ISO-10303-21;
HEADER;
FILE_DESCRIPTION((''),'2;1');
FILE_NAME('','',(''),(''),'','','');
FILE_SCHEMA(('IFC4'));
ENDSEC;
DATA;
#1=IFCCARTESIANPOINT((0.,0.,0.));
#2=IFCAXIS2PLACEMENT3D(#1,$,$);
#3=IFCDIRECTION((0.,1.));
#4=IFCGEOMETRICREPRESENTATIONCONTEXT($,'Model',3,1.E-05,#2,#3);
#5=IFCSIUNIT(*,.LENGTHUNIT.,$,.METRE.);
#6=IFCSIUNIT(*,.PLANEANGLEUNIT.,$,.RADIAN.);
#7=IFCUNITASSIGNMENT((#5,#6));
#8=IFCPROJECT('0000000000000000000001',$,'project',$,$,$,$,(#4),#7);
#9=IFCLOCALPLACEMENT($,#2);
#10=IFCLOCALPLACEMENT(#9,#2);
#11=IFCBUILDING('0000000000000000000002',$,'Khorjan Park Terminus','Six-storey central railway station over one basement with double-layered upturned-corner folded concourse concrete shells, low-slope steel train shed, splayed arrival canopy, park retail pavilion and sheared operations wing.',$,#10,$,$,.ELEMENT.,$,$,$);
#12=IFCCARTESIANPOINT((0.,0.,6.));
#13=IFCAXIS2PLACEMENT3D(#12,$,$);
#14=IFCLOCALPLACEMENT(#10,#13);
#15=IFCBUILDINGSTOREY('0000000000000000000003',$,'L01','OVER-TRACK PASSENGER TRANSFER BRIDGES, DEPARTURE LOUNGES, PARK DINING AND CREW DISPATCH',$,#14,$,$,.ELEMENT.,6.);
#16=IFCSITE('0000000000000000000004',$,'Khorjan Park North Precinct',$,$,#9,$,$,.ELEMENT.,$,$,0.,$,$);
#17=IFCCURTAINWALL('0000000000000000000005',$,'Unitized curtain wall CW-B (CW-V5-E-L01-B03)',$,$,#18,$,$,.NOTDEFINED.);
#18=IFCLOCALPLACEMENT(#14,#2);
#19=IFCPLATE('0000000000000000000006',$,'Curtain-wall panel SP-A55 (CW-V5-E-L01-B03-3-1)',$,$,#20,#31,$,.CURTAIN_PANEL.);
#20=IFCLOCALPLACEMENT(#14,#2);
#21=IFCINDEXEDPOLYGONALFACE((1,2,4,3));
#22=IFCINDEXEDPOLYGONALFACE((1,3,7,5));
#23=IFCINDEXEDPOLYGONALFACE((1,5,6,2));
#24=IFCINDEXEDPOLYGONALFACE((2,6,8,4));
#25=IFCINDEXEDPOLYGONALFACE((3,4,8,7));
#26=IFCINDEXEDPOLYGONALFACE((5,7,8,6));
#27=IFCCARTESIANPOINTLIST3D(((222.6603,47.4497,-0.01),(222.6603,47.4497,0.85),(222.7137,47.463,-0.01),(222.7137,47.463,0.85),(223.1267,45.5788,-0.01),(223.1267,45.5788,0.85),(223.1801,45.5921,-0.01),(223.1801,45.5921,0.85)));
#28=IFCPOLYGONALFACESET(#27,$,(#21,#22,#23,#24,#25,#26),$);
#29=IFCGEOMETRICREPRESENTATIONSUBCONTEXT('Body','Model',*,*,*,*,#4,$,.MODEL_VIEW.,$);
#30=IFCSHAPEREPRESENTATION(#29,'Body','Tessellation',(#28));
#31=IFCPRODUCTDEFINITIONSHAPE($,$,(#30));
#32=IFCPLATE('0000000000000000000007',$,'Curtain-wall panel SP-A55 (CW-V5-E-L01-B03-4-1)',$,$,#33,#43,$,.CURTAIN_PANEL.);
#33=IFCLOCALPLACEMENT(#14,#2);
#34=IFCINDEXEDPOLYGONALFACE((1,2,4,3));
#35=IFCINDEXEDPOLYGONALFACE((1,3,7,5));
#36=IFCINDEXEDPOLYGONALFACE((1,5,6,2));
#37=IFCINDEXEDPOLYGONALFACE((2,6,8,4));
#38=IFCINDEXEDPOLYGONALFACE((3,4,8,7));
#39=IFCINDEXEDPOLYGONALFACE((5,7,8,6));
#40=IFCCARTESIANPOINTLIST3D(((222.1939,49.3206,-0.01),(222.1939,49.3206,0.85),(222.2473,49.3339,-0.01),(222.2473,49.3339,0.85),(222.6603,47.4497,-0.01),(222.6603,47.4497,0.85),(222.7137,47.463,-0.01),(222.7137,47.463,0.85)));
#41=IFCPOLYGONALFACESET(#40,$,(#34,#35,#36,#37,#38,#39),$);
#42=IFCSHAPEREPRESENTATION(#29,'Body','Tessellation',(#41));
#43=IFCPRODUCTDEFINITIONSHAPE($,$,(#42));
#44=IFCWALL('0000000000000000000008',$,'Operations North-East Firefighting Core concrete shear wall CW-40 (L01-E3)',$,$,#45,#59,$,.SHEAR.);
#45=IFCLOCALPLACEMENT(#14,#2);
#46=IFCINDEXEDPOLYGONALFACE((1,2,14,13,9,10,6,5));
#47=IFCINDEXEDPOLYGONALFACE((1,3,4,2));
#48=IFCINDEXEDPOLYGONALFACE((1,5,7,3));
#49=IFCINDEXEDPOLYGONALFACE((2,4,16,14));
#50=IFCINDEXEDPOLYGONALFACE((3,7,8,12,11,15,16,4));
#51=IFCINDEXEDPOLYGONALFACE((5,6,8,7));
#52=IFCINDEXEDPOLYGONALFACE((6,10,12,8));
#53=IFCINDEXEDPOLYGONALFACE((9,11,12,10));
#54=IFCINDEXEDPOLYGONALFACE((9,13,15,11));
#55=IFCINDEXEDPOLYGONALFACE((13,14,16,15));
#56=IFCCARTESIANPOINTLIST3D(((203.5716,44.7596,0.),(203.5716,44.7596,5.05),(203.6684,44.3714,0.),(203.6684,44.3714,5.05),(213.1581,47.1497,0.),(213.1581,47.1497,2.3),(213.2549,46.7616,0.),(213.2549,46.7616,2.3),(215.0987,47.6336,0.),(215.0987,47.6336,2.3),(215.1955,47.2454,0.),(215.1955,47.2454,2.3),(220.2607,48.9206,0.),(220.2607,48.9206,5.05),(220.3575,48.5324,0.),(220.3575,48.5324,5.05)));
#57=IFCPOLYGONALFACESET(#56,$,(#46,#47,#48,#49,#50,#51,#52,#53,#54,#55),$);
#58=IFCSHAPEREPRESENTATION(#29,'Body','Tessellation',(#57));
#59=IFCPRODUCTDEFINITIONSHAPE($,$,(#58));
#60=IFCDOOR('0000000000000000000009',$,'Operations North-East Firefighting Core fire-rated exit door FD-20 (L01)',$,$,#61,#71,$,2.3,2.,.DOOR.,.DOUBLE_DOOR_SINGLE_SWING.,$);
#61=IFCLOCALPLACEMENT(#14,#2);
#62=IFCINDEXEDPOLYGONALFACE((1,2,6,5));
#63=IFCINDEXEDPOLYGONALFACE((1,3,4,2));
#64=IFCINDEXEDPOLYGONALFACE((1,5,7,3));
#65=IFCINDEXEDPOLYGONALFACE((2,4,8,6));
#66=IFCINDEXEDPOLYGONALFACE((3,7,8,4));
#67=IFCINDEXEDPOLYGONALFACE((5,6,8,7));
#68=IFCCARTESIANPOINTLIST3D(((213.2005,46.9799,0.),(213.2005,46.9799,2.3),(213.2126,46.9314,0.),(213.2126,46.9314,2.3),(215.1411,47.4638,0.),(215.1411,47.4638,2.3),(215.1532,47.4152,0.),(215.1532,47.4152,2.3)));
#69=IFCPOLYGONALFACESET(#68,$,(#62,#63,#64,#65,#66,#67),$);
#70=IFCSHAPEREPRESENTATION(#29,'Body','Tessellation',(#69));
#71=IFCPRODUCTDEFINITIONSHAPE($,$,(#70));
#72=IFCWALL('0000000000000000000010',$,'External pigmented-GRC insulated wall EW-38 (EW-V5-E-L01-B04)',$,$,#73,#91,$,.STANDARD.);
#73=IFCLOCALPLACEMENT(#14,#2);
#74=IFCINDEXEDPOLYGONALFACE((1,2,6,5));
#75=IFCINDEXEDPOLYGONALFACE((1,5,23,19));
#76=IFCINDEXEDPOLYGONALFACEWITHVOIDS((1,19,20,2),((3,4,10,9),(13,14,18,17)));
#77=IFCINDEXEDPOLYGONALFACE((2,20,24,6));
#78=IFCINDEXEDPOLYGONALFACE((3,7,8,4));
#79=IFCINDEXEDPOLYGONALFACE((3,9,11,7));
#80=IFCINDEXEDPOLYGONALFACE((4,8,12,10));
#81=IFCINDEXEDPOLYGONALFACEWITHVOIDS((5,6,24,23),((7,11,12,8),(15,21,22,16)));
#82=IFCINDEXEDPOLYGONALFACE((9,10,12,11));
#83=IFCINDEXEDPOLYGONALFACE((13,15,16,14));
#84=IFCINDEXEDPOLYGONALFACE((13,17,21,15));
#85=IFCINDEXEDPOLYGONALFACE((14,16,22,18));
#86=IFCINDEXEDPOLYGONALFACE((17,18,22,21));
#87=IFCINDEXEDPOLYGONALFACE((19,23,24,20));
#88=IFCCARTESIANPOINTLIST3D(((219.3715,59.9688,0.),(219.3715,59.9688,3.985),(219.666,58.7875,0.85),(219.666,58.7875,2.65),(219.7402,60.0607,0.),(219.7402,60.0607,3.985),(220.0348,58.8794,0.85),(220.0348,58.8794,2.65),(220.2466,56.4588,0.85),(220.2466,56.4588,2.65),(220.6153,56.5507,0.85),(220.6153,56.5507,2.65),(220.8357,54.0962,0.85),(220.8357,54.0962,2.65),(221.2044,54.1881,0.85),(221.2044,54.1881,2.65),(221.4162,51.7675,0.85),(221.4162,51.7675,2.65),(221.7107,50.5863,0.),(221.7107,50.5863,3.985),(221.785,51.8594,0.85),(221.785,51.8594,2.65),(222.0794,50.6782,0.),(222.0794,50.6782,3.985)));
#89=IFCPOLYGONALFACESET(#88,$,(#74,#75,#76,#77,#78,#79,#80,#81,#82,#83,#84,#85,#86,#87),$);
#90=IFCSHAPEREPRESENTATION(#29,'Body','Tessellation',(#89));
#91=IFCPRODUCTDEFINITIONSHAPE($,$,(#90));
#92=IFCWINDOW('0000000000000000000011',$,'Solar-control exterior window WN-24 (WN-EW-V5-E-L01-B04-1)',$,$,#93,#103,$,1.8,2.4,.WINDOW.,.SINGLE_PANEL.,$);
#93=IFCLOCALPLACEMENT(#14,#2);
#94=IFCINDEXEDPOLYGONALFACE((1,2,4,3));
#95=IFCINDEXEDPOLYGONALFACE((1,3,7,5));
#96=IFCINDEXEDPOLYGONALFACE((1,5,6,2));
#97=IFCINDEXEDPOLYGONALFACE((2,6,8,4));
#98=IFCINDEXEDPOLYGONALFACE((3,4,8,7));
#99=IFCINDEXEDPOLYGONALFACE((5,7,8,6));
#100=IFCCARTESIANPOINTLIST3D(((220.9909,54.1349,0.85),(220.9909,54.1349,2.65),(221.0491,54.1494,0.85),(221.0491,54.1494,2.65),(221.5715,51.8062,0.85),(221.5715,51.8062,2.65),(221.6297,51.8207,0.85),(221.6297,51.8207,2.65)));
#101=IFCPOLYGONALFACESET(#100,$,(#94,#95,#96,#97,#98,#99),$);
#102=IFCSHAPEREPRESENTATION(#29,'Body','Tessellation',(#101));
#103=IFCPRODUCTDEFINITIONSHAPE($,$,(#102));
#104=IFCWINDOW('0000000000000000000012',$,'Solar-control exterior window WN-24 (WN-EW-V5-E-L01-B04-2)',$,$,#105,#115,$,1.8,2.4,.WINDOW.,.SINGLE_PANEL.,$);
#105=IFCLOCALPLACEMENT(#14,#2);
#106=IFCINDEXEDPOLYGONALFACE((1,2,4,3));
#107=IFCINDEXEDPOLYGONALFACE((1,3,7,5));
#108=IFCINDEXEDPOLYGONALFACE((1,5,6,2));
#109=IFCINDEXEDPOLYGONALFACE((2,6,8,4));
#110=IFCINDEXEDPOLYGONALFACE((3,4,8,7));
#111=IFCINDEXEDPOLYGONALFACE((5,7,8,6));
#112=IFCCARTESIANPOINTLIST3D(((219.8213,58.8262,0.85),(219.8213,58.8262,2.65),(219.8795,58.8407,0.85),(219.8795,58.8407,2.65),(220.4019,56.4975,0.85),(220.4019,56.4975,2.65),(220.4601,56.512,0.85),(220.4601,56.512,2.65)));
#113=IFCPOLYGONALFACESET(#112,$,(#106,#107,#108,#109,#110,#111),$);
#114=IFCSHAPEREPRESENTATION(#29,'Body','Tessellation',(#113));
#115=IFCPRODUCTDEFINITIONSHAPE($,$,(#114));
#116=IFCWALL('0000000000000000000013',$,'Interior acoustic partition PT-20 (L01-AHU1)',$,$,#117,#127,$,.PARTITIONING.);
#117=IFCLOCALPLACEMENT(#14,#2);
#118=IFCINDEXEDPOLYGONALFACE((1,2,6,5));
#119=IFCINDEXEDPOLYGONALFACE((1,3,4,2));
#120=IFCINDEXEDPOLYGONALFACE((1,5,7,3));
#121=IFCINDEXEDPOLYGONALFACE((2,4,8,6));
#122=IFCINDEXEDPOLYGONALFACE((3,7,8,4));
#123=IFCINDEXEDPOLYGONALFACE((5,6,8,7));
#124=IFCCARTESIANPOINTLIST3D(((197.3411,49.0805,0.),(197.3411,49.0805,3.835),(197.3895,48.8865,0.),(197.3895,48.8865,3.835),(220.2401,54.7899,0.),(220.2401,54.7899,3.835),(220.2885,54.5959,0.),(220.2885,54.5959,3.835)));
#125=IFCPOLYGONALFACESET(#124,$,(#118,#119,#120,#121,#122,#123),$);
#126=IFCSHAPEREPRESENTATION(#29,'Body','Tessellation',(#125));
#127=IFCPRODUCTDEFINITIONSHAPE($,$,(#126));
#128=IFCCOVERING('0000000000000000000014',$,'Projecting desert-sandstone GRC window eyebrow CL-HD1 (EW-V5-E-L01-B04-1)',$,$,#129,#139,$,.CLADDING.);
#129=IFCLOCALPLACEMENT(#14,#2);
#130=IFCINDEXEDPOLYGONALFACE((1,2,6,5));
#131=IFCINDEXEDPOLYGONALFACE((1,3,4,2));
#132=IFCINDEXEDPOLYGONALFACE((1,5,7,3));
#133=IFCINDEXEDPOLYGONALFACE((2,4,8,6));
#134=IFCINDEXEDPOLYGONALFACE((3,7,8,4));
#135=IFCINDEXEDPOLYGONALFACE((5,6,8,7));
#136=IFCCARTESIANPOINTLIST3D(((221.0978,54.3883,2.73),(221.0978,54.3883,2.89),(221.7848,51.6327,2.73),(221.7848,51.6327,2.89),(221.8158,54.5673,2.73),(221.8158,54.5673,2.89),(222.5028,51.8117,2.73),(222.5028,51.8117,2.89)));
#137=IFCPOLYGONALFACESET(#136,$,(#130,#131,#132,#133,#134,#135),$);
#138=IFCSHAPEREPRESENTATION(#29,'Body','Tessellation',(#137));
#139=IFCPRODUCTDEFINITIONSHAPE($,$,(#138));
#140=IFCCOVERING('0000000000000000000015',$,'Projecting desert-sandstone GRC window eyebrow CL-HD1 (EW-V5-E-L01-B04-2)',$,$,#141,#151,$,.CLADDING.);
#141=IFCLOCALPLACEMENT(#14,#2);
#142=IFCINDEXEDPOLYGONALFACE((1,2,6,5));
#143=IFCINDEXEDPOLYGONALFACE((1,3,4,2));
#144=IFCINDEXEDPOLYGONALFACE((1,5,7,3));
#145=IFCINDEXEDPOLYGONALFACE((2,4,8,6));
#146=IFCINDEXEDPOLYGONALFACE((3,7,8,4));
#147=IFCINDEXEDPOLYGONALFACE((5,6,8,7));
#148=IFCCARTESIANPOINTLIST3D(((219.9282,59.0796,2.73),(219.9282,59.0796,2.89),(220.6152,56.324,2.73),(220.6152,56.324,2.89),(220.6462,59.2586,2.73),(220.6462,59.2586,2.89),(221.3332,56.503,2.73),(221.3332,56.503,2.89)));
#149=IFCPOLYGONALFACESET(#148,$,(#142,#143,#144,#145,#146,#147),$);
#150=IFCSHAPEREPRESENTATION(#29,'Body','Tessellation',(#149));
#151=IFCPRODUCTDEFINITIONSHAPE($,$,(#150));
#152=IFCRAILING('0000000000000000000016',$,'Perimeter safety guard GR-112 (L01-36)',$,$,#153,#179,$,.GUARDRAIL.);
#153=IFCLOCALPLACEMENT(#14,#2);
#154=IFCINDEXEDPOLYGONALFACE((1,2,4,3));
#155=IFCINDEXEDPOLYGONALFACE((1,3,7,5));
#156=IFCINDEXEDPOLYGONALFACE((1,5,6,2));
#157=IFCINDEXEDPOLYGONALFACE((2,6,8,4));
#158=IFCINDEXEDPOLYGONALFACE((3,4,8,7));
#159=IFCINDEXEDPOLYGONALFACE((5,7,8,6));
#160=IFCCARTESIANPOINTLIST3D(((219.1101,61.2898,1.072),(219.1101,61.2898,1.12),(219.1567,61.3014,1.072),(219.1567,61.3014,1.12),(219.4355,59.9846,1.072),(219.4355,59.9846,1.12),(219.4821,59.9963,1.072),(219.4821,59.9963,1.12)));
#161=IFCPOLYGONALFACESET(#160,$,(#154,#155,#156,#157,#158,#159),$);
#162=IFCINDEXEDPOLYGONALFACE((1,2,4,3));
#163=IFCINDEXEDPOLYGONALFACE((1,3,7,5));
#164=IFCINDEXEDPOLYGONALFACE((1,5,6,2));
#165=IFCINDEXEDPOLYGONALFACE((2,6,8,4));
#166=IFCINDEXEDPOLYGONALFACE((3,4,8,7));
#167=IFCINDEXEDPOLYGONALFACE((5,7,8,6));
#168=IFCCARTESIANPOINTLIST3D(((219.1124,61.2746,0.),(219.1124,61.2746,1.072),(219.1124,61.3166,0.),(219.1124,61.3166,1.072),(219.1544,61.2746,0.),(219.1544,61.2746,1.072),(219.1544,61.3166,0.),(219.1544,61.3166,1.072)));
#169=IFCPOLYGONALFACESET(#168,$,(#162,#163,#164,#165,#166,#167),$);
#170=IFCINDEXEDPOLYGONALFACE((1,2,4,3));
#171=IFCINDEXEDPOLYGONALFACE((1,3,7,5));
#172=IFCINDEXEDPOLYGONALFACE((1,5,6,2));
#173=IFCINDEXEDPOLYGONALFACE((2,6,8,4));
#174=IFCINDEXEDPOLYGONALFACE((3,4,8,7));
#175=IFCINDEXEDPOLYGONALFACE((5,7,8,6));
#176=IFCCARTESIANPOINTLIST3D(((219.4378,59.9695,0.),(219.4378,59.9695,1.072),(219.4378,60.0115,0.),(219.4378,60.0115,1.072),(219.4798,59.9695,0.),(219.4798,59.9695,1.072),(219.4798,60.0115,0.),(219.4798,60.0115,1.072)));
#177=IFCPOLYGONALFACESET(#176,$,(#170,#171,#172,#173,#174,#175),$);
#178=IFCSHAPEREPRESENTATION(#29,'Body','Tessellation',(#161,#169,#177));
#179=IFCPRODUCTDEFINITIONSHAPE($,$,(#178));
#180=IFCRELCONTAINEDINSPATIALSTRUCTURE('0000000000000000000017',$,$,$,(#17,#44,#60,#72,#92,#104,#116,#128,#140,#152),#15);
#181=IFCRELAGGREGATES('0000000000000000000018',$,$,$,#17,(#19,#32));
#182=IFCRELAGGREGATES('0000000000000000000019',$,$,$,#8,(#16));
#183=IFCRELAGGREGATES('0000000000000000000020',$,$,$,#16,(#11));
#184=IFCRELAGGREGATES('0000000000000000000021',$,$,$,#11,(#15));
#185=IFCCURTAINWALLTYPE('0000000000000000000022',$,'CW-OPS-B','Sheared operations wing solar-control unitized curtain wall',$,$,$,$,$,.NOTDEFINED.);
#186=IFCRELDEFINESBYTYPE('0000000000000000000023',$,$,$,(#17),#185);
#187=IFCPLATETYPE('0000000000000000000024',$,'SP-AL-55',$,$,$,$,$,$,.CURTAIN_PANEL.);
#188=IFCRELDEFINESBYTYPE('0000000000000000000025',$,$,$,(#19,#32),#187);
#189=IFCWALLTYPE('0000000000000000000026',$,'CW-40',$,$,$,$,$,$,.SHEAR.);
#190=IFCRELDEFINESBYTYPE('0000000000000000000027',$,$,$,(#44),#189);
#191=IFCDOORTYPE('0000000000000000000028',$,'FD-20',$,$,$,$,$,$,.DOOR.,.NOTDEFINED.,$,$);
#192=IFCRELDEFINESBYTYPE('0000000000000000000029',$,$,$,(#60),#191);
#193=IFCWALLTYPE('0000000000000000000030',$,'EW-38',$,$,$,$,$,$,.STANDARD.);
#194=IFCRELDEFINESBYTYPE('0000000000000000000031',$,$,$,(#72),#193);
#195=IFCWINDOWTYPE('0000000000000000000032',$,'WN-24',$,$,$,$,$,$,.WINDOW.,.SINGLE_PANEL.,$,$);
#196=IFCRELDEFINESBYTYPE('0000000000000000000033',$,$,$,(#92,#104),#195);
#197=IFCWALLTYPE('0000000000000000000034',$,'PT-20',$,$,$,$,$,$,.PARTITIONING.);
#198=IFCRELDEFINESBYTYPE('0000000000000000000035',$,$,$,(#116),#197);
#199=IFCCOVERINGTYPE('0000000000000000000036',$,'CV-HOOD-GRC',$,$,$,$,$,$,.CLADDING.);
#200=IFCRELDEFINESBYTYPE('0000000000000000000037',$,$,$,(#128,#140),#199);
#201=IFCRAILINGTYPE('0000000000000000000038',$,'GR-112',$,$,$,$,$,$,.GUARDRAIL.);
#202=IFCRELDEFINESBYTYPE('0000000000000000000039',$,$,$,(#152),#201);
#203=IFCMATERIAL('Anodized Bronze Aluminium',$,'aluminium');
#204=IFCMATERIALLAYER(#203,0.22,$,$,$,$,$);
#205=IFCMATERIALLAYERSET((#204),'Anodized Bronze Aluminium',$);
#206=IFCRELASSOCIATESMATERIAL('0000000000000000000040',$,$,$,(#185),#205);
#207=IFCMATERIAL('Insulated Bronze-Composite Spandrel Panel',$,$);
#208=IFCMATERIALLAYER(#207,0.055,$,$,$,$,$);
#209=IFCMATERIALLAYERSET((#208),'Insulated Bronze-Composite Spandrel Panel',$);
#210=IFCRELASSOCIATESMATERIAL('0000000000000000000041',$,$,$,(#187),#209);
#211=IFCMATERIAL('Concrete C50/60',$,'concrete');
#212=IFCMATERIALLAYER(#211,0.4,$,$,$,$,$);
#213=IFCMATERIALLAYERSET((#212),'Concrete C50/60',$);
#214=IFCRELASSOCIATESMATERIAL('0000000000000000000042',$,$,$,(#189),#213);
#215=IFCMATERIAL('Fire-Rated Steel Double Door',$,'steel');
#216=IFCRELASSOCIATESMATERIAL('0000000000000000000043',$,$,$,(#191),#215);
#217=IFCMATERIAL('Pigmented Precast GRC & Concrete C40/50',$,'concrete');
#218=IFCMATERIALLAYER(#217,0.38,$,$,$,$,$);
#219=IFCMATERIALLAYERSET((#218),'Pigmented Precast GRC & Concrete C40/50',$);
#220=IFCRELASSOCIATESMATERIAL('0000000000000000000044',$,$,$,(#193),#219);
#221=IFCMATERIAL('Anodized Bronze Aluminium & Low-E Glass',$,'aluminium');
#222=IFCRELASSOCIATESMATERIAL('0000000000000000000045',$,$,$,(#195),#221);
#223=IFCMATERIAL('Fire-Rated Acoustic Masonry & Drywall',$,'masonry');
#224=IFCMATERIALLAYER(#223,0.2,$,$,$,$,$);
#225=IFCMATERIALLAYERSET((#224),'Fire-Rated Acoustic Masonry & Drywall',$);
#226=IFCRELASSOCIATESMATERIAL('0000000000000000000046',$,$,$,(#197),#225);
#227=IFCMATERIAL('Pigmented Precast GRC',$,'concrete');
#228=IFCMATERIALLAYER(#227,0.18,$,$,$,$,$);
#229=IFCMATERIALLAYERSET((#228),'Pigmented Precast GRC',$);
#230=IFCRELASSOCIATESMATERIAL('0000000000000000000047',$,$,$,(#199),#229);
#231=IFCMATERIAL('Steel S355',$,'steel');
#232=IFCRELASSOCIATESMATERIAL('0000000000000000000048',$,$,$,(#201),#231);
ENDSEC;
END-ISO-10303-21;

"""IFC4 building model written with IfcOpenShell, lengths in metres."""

from ifc_helpers import new_model, si_unit, direction, frame, frame_2d, origin, origin_2d, place, context, subcontext, project, spatial, rectangle, extrude, material, layer, layer_set, type_object, element, fill, aggregate, save


model = new_model("IFC4")

# Units and contexts
model_context = context("Model", 3, precision=1e-05, world=origin(), true_north=direction((0.0, 1.0)))
body_context = subcontext(model_context, "Body", "Model", "MODEL_VIEW")
ifc_project = project(units=[si_unit("LENGTHUNIT", "METRE"), si_unit("PLANEANGLEUNIT", "RADIAN")], contexts=[model_context])

# Site, building, storey
site_placement = place(None, origin())
site = spatial("IfcSite", under=ifc_project, at=site_placement, Name="Khorjan Park North Precinct", CompositionType="ELEMENT", RefElevation=0.0)
building_placement = place(site_placement, origin())
building = spatial("IfcBuilding", under=site, at=building_placement, Name="Khorjan Park Terminus", Description="Six-storey central railway station over one basement with double-layered upturned-corner folded concourse concrete shells, low-slope steel train shed, splayed arrival canopy, park retail pavilion and sheared operations wing.", CompositionType="ELEMENT")
storey_placement = place(building_placement, frame((0.0, 0.0, 6.0)))
storey = spatial("IfcBuildingStorey", under=building, at=storey_placement, Name="L01", Description="OVER-TRACK PASSENGER TRANSFER BRIDGES, DEPARTURE LOUNGES, PARK DINING AND CREW DISPATCH", CompositionType="ELEMENT", Elevation=6.0)

# Shared definitions
ifc_material_1 = material(Name="Concrete C50/60", Category="concrete")

# Shared definitions
ifc_material_2 = material(Name="Steel S355", Category="steel")

# Curtain wall
ifc_material_3 = material(Name="Anodized Bronze Aluminium", Category="aluminium")
ifc_layer_1 = layer(ifc_material_3, 0.22)
ifc_layer_set_1 = layer_set([ifc_layer_1], Name="Anodized Bronze Aluminium")
curtain_wall_type = type_object("IfcCurtainWallType", Name="CW-OPS-B", Description="Sheared operations wing solar-control unitized curtain wall", PredefinedType="NOTDEFINED", material=ifc_layer_set_1)
curtain_wall_1_placement = place(storey_placement, origin())
curtain_wall_1 = element("IfcCurtainWall", 1, at=curtain_wall_1_placement, inside=storey, type_object=curtain_wall_type, Name="Unitized curtain wall CW-B (CW-V5-E-L01-B03)", PredefinedType="NOTDEFINED")

# Plates
ifc_material_4 = material(Name="Insulated Bronze-Composite Spandrel Panel")
ifc_layer_2 = layer(ifc_material_4, 0.055)
ifc_layer_set_2 = layer_set([ifc_layer_2], Name="Insulated Bronze-Composite Spandrel Panel")
plate_type_1 = type_object("IfcPlateType", Name="SP-AL-55", PredefinedType="CURTAIN_PANEL", material=ifc_layer_set_2)
plate_1_placement = place(storey_placement, frame((222.9202, 46.5209, -0.01), z_axis=(0.0, 0.0, 1.0), x_axis=(-0.241923, 0.970295, 0.0)))
plate_1 = element("IfcPlate", 2, at=plate_1_placement, type_object=plate_type_1, Name="Curtain-wall panel SP-A55 (CW-V5-E-L01-B03-3-1)", PredefinedType="CURTAIN_PANEL", context=body_context, shape_type="SweptSolid", body=[
    extrude(rectangle(XDim=1.9281, YDim=0.055, at=origin_2d()), origin(), (0.0, 0.0, 1.0), 0.86),
])
plate_2_placement = place(storey_placement, frame((222.4538, 48.3918, -0.01), z_axis=(0.0, 0.0, 1.0), x_axis=(-0.241923, 0.970295, 0.0)))
plate_2 = element("IfcPlate", 3, at=plate_2_placement, type_object=plate_type_1, Name="Curtain-wall panel SP-A55 (CW-V5-E-L01-B03-4-1)", PredefinedType="CURTAIN_PANEL", context=body_context, shape_type="SweptSolid", body=[
    extrude(rectangle(XDim=1.9281, YDim=0.055, at=origin_2d()), origin(), (0.0, 0.0, 1.0), 0.86),
])
aggregate(curtain_wall_1, [plate_1, plate_2])

# Wall, opening, door
ifc_layer_3 = layer(ifc_material_1, 0.4)
ifc_layer_set_3 = layer_set([ifc_layer_3], Name="Concrete C50/60")
wall_type_1 = type_object("IfcWallType", Name="CW-40", PredefinedType="SHEAR", material=ifc_layer_set_3)
wall_1_placement = place(storey_placement, frame((220.3091, 48.7265, 0.0), z_axis=(0.0, 0.0, 1.0), x_axis=(-0.970297, -0.241919, 0.0)))
wall_1 = element("IfcWall", 4, at=wall_1_placement, inside=storey, type_object=wall_type_1, Name="Operations North-East Firefighting Core concrete shear wall CW-40 (L01-E3)", PredefinedType="SHEAR", context=body_context, shape_type="SweptSolid", body=[
    extrude(rectangle(XDim=17.2, YDim=0.4, at=frame_2d((8.6, 0.0))), origin(), (0.0, 0.0, 1.0), 5.05),
])
opening_1_placement = place(wall_1_placement, frame((5.32, 0.0, 0.0)))
opening_1 = element("IfcOpeningElement", 5, at=opening_1_placement, cuts=wall_1, PredefinedType="OPENING", context=body_context, shape_type="SweptSolid", body=[
    extrude(rectangle(XDim=2.0, YDim=2.3, at=frame_2d((1.0, 1.15))), frame((0.0, 0.21, 0.0), z_axis=(0.0, -1.0, 0.0), x_axis=(1.0, 0.0, 0.0)), (0.0, 0.0, 1.0), 0.42),
])
ifc_material_5 = material(Name="Fire-Rated Steel Double Door", Category="steel")
door_type = type_object("IfcDoorType", Name="FD-20", OperationType="NOTDEFINED", PredefinedType="DOOR", material=ifc_material_5)
door_placement = place(opening_1_placement, origin())
door = element("IfcDoor", 6, at=door_placement, inside=storey, type_object=door_type, Name="Operations North-East Firefighting Core fire-rated exit door FD-20 (L01)", OperationType="DOUBLE_DOOR_SINGLE_SWING", OverallHeight=2.3, OverallWidth=2.0, PredefinedType="DOOR", context=body_context, shape_type="SweptSolid", body=[
    extrude(rectangle(XDim=2.0, YDim=2.3, at=frame_2d((1.0, 1.15))), frame((0.0, 0.025, 0.0), z_axis=(0.0, -1.0, 0.0), x_axis=(1.0, 0.0, 0.0)), (0.0, 0.0, 1.0), 0.05),
])
fill(opening_1, door)

# Wall, openings, windows
ifc_material_6 = material(Name="Pigmented Precast GRC & Concrete C40/50", Category="concrete")
ifc_layer_4 = layer(ifc_material_6, 0.38)
ifc_layer_set_4 = layer_set([ifc_layer_4], Name="Pigmented Precast GRC & Concrete C40/50")
wall_type_2 = type_object("IfcWallType", Name="EW-38", PredefinedType="STANDARD", material=ifc_layer_set_4)
wall_2_placement = place(storey_placement, frame((221.8951, 50.6322, 0.0), z_axis=(0.0, 0.0, 1.0), x_axis=(-0.24191, 0.970299, 0.0)))
wall_2 = element("IfcWall", 7, at=wall_2_placement, inside=storey, type_object=wall_type_2, Name="External pigmented-GRC insulated wall EW-38 (EW-V5-E-L01-B04)", PredefinedType="STANDARD", context=body_context, shape_type="SweptSolid", body=[
    extrude(rectangle(XDim=9.6697, YDim=0.38, at=frame_2d((4.8349, 0.0))), origin(), (0.0, 0.0, 1.0), 3.985),
])
opening_2_placement = place(wall_2_placement, frame((1.2174, 0.0, 0.85)))
opening_2 = element("IfcOpeningElement", 8, at=opening_2_placement, cuts=wall_2, PredefinedType="OPENING", context=body_context, shape_type="SweptSolid", body=[
    extrude(rectangle(XDim=2.4, YDim=1.8, at=frame_2d((1.2, 0.9))), frame((0.0, 0.2, 0.0), z_axis=(0.0, -1.0, 0.0), x_axis=(1.0, 0.0, 0.0)), (0.0, 0.0, 1.0), 0.4),
])
opening_3_placement = place(wall_2_placement, frame((6.0523, 0.0, 0.85)))
opening_3 = element("IfcOpeningElement", 9, at=opening_3_placement, cuts=wall_2, PredefinedType="OPENING", context=body_context, shape_type="SweptSolid", body=[
    extrude(rectangle(XDim=2.4, YDim=1.8, at=frame_2d((1.2, 0.9))), frame((0.0, 0.2, 0.0), z_axis=(0.0, -1.0, 0.0), x_axis=(1.0, 0.0, 0.0)), (0.0, 0.0, 1.0), 0.4),
])
ifc_material_7 = material(Name="Anodized Bronze Aluminium & Low-E Glass", Category="aluminium")
window_type = type_object("IfcWindowType", Name="WN-24", PartitioningType="SINGLE_PANEL", PredefinedType="WINDOW", material=ifc_material_7)
window_1_placement = place(opening_2_placement, origin())
window_1 = element("IfcWindow", 10, at=window_1_placement, inside=storey, type_object=window_type, Name="Solar-control exterior window WN-24 (WN-EW-V5-E-L01-B04-1)", OverallHeight=1.8, OverallWidth=2.4, PartitioningType="SINGLE_PANEL", PredefinedType="WINDOW", context=body_context, shape_type="SweptSolid", body=[
    extrude(rectangle(XDim=2.4, YDim=1.8, at=frame_2d((1.2, 0.9))), frame((0.0, 0.03, 0.0), z_axis=(0.0, -1.0, 0.0), x_axis=(1.0, 0.0, 0.0)), (0.0, 0.0, 1.0), 0.06),
])
fill(opening_2, window_1)
window_2_placement = place(opening_3_placement, origin())
window_2 = element("IfcWindow", 11, at=window_2_placement, inside=storey, type_object=window_type, Name="Solar-control exterior window WN-24 (WN-EW-V5-E-L01-B04-2)", OverallHeight=1.8, OverallWidth=2.4, PartitioningType="SINGLE_PANEL", PredefinedType="WINDOW", context=body_context, shape_type="SweptSolid", body=[
    extrude(rectangle(XDim=2.4, YDim=1.8, at=frame_2d((1.2, 0.9))), frame((0.0, 0.03, 0.0), z_axis=(0.0, -1.0, 0.0), x_axis=(1.0, 0.0, 0.0)), (0.0, 0.0, 1.0), 0.06),
])
fill(opening_3, window_2)

# Wall
ifc_material_8 = material(Name="Fire-Rated Acoustic Masonry & Drywall", Category="masonry")
ifc_layer_5 = layer(ifc_material_8, 0.2)
ifc_layer_set_5 = layer_set([ifc_layer_5], Name="Fire-Rated Acoustic Masonry & Drywall")
wall_type_3 = type_object("IfcWallType", Name="PT-20", PredefinedType="PARTITIONING", material=ifc_layer_set_5)
wall_3_placement = place(storey_placement, frame((220.2643, 54.6929, 0.0), z_axis=(0.0, 0.0, 1.0), x_axis=(-0.970295, -0.241923, 0.0)))
element("IfcWall", 12, at=wall_3_placement, inside=storey, type_object=wall_type_3, Name="Interior acoustic partition PT-20 (L01-AHU1)", PredefinedType="PARTITIONING", context=body_context, shape_type="SweptSolid", body=[
    extrude(rectangle(XDim=23.6, YDim=0.2, at=frame_2d((11.8, 0.0))), origin(), (0.0, 0.0, 1.0), 3.835),
])

# Coverings
ifc_material_9 = material(Name="Pigmented Precast GRC", Category="concrete")
ifc_layer_6 = layer(ifc_material_9, 0.18)
ifc_layer_set_6 = layer_set([ifc_layer_6], Name="Pigmented Precast GRC")
covering_type = type_object("IfcCoveringType", Name="CV-HOOD-GRC", PredefinedType="CLADDING", material=ifc_layer_set_6)
for number, where, z_axis, x_axis, name in (
    (13, (221.8003, 53.1, 2.73), (0.0, 0.0, 1.0), (-0.24191, 0.970299, 0.0), "Projecting desert-sandstone GRC window eyebrow CL-HD1 (EW-V5-E-L01-B04-1)"),
    (14, (220.6307, 57.7913, 2.73), (0.0, 0.0, 1.0), (-0.24191, 0.970299, 0.0), "Projecting desert-sandstone GRC window eyebrow CL-HD1 (EW-V5-E-L01-B04-2)"),
):
    element("IfcCovering", number, at=place(storey_placement, frame(where, z_axis=z_axis, x_axis=x_axis)), inside=storey, type_object=covering_type, Name=name, PredefinedType="CLADDING", context=body_context, shape_type="SweptSolid", body=[
        extrude(rectangle(XDim=2.84, YDim=0.74, at=origin_2d()), origin(), (0.0, 0.0, 1.0), 0.16),
    ])

# Railing
railing_type = type_object("IfcRailingType", Name="GR-112", PredefinedType="GUARDRAIL", material=ifc_material_2)
railing_1_placement = place(storey_placement, frame((219.1334, 61.2956, 0.0)))
element("IfcRailing", 15, at=railing_1_placement, inside=storey, type_object=railing_type, Name="Perimeter safety guard GR-112 (L01-36)", PredefinedType="GUARDRAIL", context=body_context, shape_type="SweptSolid", body=[
    extrude(rectangle(XDim=0.048, YDim=0.048, at=origin_2d()), frame((0.0, 0.0, 1.096), z_axis=(0.241923, -0.970295, 0.0), x_axis=(0.970295, 0.241923, 0.0)), (0.0, 0.0, 1.0), 1.3451),
    extrude(rectangle(XDim=0.042, YDim=0.042, at=origin_2d()), origin(), (0.0, 0.0, 1.0), 1.072),
    extrude(rectangle(XDim=0.042, YDim=0.042, at=origin_2d()), frame((0.3254, -1.3051, 0.0)), (0.0, 0.0, 1.0), 1.072),
])

save(model, "model.ifc")
